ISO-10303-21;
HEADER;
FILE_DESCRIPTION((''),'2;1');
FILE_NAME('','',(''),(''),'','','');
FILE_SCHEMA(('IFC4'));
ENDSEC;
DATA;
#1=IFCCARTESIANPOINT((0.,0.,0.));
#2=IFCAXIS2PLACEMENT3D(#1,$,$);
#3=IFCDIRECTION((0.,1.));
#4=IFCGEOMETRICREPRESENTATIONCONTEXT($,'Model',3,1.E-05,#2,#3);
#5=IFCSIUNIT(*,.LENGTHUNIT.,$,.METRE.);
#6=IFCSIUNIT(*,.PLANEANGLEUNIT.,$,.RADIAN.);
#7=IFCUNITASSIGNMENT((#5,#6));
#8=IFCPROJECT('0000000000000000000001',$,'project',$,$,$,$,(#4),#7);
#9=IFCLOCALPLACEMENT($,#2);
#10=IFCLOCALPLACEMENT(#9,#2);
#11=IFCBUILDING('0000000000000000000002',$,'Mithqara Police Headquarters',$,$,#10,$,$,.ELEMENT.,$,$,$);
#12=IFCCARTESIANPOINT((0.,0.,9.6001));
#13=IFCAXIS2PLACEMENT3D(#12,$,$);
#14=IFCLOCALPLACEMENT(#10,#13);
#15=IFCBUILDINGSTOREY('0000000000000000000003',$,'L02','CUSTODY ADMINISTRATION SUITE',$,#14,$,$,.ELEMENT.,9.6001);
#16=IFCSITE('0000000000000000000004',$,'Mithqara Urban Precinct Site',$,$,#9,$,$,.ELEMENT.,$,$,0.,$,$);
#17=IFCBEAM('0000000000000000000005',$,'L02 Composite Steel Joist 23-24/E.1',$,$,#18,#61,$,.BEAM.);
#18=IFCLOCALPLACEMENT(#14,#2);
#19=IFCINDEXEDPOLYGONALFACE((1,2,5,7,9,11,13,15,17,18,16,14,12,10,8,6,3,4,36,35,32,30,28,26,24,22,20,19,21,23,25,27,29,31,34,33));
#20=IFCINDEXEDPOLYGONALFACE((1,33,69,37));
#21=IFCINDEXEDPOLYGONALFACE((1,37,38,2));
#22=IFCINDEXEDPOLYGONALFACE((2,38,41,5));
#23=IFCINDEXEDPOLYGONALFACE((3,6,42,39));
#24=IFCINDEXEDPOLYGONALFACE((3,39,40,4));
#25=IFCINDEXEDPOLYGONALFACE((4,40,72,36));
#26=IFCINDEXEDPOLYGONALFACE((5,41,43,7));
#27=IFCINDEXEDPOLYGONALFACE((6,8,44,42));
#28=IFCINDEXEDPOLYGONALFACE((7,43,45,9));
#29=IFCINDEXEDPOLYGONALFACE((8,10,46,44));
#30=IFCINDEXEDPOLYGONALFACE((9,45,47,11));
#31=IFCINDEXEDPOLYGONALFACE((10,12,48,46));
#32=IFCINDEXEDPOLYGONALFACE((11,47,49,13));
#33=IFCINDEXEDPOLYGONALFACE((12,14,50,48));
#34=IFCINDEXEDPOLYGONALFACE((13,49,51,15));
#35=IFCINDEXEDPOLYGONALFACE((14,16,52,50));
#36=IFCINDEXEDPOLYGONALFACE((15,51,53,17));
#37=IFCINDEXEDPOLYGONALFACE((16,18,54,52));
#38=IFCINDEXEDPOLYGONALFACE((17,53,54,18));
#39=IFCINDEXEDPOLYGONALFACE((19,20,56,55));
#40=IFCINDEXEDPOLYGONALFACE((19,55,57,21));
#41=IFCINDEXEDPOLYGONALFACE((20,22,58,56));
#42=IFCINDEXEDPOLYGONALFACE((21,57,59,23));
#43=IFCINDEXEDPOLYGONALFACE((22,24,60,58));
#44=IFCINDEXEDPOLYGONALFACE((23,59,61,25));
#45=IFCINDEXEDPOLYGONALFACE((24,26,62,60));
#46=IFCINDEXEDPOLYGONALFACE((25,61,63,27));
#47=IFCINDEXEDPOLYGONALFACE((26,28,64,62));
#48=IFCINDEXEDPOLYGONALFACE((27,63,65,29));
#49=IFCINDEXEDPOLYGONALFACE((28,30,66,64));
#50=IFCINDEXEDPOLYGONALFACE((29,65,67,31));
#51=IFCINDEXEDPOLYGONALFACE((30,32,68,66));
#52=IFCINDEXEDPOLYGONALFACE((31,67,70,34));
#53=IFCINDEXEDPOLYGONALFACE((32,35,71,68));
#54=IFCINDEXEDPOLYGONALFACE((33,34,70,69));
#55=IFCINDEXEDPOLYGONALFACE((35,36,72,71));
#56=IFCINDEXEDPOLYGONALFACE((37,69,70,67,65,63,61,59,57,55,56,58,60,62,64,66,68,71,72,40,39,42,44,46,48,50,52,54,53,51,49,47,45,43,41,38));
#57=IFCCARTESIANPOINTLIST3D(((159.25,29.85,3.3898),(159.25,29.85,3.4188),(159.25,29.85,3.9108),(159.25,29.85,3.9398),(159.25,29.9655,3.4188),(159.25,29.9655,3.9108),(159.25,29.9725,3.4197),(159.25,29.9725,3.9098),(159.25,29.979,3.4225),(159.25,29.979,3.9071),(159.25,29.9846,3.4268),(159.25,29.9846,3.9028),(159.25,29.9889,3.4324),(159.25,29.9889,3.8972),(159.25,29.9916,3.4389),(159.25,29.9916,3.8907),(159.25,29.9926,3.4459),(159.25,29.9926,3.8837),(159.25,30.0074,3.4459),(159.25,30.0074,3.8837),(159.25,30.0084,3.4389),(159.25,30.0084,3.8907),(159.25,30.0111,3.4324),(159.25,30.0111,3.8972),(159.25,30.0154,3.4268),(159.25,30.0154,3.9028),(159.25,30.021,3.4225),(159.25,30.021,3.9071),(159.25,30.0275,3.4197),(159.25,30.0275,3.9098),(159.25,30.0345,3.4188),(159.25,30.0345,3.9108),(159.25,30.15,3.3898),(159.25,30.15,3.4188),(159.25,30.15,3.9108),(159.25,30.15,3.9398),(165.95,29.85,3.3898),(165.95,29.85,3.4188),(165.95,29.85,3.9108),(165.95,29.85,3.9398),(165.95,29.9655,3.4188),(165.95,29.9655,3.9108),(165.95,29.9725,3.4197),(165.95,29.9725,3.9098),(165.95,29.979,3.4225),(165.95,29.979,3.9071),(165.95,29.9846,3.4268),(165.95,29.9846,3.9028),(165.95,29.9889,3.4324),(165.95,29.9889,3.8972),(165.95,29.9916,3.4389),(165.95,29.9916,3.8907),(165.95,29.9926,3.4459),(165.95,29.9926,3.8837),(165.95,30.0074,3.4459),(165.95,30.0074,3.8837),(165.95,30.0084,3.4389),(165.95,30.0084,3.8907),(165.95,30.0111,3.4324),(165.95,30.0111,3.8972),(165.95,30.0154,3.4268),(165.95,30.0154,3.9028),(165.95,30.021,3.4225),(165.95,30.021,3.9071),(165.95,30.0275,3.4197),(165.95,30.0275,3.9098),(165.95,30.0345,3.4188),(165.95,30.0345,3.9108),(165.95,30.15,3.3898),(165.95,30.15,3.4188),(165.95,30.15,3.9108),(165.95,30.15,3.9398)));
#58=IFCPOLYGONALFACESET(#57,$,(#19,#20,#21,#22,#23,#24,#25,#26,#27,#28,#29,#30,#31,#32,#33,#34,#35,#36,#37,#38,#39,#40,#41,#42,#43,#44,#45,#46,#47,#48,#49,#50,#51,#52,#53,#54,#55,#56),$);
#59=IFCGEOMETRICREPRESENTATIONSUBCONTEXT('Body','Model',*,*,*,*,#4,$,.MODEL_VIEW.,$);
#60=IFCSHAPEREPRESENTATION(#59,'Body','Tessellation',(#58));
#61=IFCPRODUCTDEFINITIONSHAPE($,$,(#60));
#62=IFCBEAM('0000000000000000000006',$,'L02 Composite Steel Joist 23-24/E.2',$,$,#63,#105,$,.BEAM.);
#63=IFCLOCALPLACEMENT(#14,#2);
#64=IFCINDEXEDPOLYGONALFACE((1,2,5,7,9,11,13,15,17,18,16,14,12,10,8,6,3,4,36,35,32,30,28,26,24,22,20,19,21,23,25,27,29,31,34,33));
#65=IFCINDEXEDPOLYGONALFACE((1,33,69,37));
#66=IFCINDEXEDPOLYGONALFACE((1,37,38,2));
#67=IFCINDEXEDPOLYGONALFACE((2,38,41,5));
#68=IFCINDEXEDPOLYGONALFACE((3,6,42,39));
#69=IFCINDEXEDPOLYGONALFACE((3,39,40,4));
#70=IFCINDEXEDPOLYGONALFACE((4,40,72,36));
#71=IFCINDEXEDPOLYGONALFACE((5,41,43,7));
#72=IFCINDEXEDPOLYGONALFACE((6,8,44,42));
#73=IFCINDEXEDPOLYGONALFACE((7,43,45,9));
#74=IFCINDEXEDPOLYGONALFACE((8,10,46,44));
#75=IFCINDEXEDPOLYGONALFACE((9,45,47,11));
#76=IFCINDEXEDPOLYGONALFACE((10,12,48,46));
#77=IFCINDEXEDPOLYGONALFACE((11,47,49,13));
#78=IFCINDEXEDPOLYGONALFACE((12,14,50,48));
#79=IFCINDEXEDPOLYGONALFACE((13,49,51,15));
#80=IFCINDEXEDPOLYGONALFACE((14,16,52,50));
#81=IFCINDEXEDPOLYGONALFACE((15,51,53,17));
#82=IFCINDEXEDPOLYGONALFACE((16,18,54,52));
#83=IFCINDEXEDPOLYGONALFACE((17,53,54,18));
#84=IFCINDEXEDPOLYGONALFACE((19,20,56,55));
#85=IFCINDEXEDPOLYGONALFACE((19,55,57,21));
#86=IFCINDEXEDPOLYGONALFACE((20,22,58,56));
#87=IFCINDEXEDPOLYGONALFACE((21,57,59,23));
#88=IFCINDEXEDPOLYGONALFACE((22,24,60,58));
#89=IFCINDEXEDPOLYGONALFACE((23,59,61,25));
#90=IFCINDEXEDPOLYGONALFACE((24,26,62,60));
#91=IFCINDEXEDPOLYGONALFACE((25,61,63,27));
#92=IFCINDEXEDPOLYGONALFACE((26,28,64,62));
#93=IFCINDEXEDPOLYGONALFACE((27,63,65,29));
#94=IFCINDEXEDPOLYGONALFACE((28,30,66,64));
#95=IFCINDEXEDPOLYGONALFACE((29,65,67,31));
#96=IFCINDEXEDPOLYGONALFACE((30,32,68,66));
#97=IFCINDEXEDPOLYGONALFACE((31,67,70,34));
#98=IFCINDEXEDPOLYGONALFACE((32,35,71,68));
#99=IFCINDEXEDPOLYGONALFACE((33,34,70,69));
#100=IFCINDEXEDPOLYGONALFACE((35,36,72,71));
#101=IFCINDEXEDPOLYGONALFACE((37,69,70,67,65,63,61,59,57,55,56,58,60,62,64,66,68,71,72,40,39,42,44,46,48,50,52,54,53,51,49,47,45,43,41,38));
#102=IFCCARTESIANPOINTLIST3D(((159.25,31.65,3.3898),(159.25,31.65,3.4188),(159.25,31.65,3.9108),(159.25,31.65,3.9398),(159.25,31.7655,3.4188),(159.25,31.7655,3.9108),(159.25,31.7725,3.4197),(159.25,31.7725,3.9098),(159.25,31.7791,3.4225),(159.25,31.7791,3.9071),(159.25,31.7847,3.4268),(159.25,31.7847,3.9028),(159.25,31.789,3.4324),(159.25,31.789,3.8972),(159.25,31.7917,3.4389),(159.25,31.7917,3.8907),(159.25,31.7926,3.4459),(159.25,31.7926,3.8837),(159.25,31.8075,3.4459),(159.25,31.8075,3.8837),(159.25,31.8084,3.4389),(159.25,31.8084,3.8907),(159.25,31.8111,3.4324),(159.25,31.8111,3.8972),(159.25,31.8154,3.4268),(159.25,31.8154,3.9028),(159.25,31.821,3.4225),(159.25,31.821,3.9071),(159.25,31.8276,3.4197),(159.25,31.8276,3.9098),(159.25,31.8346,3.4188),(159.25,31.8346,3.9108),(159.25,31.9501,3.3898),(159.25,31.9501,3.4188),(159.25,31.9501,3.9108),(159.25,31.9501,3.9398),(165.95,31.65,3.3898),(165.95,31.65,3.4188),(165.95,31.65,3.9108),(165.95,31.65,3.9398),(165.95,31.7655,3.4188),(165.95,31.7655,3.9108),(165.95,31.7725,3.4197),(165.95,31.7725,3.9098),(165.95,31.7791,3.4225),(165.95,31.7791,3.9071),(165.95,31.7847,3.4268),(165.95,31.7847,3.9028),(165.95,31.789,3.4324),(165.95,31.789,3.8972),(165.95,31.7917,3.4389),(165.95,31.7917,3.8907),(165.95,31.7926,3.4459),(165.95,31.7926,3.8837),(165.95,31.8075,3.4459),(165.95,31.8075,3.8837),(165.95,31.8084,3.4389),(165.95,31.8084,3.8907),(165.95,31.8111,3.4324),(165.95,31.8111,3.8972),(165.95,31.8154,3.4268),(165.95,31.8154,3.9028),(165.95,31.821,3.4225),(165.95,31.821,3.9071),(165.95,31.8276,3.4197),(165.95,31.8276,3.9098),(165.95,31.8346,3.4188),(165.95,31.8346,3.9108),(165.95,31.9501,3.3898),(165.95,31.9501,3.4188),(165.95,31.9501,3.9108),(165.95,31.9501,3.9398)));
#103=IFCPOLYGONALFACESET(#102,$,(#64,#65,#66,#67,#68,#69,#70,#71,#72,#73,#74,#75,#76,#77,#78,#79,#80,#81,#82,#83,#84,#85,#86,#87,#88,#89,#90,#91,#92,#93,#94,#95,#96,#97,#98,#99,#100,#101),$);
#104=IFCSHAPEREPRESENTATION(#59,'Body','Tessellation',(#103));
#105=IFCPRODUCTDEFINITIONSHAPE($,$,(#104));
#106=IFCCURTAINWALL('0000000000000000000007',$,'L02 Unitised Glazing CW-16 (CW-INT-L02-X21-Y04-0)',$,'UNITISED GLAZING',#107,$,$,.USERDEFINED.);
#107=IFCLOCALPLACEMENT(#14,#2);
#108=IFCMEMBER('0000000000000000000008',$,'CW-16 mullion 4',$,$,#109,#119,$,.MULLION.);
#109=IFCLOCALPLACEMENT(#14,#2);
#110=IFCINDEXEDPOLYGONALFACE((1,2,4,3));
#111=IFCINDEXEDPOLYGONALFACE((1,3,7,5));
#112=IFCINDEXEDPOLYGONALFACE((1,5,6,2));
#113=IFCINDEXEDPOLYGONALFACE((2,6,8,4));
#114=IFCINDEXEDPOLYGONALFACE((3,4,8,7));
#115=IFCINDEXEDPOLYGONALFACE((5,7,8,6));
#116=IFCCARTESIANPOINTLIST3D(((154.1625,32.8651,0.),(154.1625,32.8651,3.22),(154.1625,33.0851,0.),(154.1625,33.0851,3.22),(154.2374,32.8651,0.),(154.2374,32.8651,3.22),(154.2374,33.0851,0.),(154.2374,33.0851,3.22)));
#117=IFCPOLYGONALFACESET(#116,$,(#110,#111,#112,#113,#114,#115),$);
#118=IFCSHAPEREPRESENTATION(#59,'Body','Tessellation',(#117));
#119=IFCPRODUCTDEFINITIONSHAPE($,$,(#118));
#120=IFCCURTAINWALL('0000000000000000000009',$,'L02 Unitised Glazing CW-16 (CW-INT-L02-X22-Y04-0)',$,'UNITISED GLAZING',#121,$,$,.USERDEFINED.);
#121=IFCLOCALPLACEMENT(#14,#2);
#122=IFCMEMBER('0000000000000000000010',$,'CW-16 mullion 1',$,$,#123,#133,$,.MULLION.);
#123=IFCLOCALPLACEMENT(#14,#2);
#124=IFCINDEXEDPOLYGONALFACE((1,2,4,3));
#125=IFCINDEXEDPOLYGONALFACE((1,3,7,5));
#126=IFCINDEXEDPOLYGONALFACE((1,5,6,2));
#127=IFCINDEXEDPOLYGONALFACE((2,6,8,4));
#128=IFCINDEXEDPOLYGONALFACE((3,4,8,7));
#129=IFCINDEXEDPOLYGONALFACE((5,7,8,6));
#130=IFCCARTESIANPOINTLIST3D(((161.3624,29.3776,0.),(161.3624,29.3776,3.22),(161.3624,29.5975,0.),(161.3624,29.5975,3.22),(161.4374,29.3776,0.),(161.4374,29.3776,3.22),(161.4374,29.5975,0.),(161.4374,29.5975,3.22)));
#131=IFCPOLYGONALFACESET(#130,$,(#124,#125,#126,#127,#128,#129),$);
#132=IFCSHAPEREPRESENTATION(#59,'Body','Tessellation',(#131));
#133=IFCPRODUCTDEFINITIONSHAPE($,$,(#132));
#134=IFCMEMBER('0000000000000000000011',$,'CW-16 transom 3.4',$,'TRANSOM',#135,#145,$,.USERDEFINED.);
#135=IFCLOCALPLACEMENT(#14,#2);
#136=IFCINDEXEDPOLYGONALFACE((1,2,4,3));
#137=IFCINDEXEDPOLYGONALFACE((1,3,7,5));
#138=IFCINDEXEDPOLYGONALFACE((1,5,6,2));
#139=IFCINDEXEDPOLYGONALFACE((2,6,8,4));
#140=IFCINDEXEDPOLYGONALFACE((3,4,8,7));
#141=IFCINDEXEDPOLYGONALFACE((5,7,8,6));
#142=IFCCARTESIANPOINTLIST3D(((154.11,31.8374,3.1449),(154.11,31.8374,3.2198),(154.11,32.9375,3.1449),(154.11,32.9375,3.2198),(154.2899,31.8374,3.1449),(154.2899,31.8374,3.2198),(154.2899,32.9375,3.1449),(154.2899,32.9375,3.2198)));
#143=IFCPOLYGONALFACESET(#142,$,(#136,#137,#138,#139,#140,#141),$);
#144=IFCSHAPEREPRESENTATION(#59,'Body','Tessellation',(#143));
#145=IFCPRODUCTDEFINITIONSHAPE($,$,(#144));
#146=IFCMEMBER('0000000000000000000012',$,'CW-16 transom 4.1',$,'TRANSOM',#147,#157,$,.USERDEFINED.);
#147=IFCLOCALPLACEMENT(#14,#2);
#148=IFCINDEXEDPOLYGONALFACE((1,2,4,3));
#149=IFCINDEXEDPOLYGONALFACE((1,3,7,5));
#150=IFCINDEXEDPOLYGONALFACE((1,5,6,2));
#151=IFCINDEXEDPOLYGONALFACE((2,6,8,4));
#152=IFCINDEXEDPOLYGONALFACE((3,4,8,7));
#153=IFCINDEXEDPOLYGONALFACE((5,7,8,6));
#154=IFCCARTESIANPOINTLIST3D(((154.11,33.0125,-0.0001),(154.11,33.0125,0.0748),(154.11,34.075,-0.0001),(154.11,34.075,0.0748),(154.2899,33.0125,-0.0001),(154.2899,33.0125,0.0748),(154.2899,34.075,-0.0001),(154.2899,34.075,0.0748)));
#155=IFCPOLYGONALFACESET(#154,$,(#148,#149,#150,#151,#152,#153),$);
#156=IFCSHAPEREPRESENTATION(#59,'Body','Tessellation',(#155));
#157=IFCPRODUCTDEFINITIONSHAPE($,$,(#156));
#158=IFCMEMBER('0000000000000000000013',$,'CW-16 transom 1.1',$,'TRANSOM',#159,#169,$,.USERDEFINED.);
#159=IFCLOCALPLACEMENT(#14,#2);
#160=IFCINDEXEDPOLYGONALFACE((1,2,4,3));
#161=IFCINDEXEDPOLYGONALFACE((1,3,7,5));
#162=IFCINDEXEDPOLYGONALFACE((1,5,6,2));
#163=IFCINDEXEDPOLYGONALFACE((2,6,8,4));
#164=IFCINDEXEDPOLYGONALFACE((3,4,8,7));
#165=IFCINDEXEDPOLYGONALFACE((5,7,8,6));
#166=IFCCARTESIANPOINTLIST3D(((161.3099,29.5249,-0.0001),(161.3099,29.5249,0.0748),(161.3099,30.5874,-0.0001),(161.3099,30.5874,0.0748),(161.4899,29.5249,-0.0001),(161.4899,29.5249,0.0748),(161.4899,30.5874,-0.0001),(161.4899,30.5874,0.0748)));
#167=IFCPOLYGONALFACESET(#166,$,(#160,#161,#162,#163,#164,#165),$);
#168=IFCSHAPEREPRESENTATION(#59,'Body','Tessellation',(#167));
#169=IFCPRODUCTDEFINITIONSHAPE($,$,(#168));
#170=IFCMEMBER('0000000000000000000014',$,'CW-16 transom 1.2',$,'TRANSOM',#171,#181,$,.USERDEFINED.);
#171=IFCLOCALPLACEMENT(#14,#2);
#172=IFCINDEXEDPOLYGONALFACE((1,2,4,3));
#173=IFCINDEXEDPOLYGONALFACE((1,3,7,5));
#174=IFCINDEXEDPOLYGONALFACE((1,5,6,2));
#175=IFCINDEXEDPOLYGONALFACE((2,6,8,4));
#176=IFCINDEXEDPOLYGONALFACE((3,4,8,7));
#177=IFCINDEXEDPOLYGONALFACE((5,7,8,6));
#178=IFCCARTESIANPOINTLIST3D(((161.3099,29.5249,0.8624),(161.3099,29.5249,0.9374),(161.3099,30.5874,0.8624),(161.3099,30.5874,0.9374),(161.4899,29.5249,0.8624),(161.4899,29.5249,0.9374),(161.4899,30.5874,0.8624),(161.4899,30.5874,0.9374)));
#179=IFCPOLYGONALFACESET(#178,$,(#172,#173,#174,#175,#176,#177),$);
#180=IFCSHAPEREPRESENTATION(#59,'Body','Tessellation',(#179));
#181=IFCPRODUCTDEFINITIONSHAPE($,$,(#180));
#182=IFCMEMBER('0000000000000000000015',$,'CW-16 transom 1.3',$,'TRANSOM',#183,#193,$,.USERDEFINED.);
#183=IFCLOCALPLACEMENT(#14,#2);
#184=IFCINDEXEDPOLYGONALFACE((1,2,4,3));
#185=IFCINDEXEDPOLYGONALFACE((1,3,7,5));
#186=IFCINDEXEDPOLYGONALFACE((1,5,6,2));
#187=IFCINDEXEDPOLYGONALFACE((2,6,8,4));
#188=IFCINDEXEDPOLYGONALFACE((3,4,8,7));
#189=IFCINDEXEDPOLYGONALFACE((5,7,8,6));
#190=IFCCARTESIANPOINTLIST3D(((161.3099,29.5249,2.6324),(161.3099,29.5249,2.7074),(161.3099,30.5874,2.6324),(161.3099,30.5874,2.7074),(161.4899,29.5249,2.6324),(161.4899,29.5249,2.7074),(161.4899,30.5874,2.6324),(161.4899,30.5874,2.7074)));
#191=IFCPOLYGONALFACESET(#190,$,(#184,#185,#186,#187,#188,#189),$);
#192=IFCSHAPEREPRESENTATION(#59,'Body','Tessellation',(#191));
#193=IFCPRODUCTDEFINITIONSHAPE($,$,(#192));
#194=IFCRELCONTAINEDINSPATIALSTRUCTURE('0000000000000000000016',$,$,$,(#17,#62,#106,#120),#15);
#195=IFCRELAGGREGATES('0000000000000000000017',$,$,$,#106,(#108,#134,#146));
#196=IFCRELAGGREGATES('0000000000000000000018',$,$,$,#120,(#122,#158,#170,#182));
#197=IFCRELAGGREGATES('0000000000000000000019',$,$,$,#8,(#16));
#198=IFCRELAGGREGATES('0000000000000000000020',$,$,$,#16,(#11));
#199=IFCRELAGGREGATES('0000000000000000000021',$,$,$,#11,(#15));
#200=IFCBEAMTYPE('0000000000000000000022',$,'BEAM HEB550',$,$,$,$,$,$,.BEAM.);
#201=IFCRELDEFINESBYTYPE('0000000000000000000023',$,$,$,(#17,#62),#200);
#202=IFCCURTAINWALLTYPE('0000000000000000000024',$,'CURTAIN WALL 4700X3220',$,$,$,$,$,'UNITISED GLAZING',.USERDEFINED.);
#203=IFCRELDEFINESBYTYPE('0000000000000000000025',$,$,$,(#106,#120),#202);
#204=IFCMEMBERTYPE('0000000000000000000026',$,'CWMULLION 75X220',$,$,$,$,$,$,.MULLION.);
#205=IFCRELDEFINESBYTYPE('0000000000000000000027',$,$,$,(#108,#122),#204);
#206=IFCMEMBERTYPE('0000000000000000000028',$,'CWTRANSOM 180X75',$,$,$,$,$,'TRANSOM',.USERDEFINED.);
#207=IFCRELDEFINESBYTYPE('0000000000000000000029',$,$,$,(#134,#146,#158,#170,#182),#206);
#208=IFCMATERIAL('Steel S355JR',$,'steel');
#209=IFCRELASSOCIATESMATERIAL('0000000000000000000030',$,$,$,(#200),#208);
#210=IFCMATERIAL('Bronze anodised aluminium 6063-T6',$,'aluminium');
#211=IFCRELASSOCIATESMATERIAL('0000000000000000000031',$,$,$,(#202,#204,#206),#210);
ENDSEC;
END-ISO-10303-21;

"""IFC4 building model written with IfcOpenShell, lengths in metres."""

from ifc_helpers import new_model, si_unit, direction, frame, origin, origin_2d, place, context, subcontext, project, spatial, rectangle, i_section, extrude, material, material_profile, profile_set, type_object, element, aggregate, save


model = new_model("IFC4")

# Units and contexts
model_context = context("Model", 3, precision=1e-05, world=origin(), true_north=direction((0.0, 1.0)))
body_context = subcontext(model_context, "Body", "Model", "MODEL_VIEW")
ifc_project = project(units=[si_unit("LENGTHUNIT", "METRE"), si_unit("PLANEANGLEUNIT", "RADIAN")], contexts=[model_context])

# Site, building, storey
site_placement = place(None, origin())
site = spatial("IfcSite", under=ifc_project, at=site_placement, Name="Mithqara Urban Precinct Site", CompositionType="ELEMENT", RefElevation=0.0)
building_placement = place(site_placement, origin())
building = spatial("IfcBuilding", under=site, at=building_placement, Name="Mithqara Police Headquarters", CompositionType="ELEMENT")
storey_placement = place(building_placement, frame((0.0, 0.0, 9.6001)))
storey = spatial("IfcBuildingStorey", under=building, at=storey_placement, Name="L02", Description="CUSTODY ADMINISTRATION SUITE", CompositionType="ELEMENT", Elevation=9.6001)

# Beams
ifc_material_1 = material(Name="Steel S355JR", Category="steel")
ifc_material_profile_1 = material_profile(ifc_material_1, i_section(OverallWidth=0.3, OverallDepth=0.55, WebThickness=0.0149, FlangeThickness=0.0291, FilletRadius=0.0271, at=origin_2d()), Name="HEB 550")
ifc_profile_set_1 = profile_set([ifc_material_profile_1], Name="Steel S355JR")
beam_type = type_object("IfcBeamType", Name="BEAM HEB550", PredefinedType="BEAM", material=ifc_profile_set_1)
for number, where, z_axis, x_axis, name in (
    (1, (159.25, 30.0, 3.6648), (1.0, 0.0, 0.0), (0.0, 1.0, 0.0), "L02 Composite Steel Joist 23-24/E.1"),
    (2, (159.25, 31.8, 3.6648), (1.0, 0.0, 0.0), (0.0, 1.0, 0.0), "L02 Composite Steel Joist 23-24/E.2"),
):
    element("IfcBeam", number, at=place(storey_placement, frame(where, z_axis=z_axis, x_axis=x_axis)), inside=storey, type_object=beam_type, Name=name, PredefinedType="BEAM", context=body_context, shape_type="SweptSolid", body=[
        extrude(i_section(OverallWidth=0.3, OverallDepth=0.55, WebThickness=0.0149, FlangeThickness=0.0291, FilletRadius=0.0271, at=origin_2d()), origin(), (0.0, 0.0, 1.0), 6.7),
    ])

# Curtain walls, members
ifc_material_2 = material(Name="Bronze anodised aluminium 6063-T6", Category="aluminium")
curtain_wall_type = type_object("IfcCurtainWallType", Name="CURTAIN WALL 4700X3220", ElementType="UNITISED GLAZING", PredefinedType="USERDEFINED", material=ifc_material_2)
curtain_wall_1_placement = place(storey_placement, origin())
curtain_wall_1 = element("IfcCurtainWall", 3, at=curtain_wall_1_placement, inside=storey, type_object=curtain_wall_type, Name="L02 Unitised Glazing CW-16 (CW-INT-L02-X21-Y04-0)", ObjectType="UNITISED GLAZING", PredefinedType="USERDEFINED")
ifc_material_profile_2 = material_profile(ifc_material_2, rectangle(XDim=0.075, YDim=0.22, at=origin_2d()), Name="CWM 75x220")
ifc_profile_set_2 = profile_set([ifc_material_profile_2], Name="Bronze anodised aluminium 6063-T6")
member_type_1 = type_object("IfcMemberType", Name="CWMULLION 75X220", PredefinedType="MULLION", material=ifc_profile_set_2)
member_1_placement = place(storey_placement, frame((154.2, 32.9751, 0.0), z_axis=(0.0, 0.0, 1.0), x_axis=(-1.0, 0.0, 0.0)))
member_1 = element("IfcMember", 4, at=member_1_placement, type_object=member_type_1, Name="CW-16 mullion 4", PredefinedType="MULLION", context=body_context, shape_type="SweptSolid", body=[
    extrude(rectangle(XDim=0.075, YDim=0.22, at=origin_2d()), origin(), (0.0, 0.0, 1.0), 3.22),
])
curtain_wall_2_placement = place(storey_placement, origin())
curtain_wall_2 = element("IfcCurtainWall", 5, at=curtain_wall_2_placement, inside=storey, type_object=curtain_wall_type, Name="L02 Unitised Glazing CW-16 (CW-INT-L02-X22-Y04-0)", ObjectType="UNITISED GLAZING", PredefinedType="USERDEFINED")
member_2_placement = place(storey_placement, frame((161.3999, 29.4875, 0.0), z_axis=(0.0, 0.0, 1.0), x_axis=(-1.0, 0.0, 0.0)))
member_2 = element("IfcMember", 6, at=member_2_placement, type_object=member_type_1, Name="CW-16 mullion 1", PredefinedType="MULLION", context=body_context, shape_type="SweptSolid", body=[
    extrude(rectangle(XDim=0.075, YDim=0.22, at=origin_2d()), origin(), (0.0, 0.0, 1.0), 3.22),
])

# Members
ifc_material_profile_3 = material_profile(ifc_material_2, rectangle(XDim=0.1799, YDim=0.075, at=origin_2d()), Name="CWT 180x75")
ifc_profile_set_3 = profile_set([ifc_material_profile_3], Name="Bronze anodised aluminium 6063-T6")
member_type_2 = type_object("IfcMemberType", Name="CWTRANSOM 180X75", ElementType="TRANSOM", PredefinedType="USERDEFINED", material=ifc_profile_set_3)
member_3_placement = place(storey_placement, frame((154.2, 31.8374, 3.1824), z_axis=(0.0, 1.0, 0.0), x_axis=(-1.0, 0.0, 0.0)))
member_3 = element("IfcMember", 7, at=member_3_placement, type_object=member_type_2, Name="CW-16 transom 3.4", ObjectType="TRANSOM", PredefinedType="USERDEFINED", context=body_context, shape_type="SweptSolid", body=[
    extrude(rectangle(XDim=0.1799, YDim=0.075, at=origin_2d()), origin(), (0.0, 0.0, 1.0), 1.1001),
])
member_4_placement = place(storey_placement, frame((154.2, 33.0125, 0.0374), z_axis=(0.0, 1.0, 0.0), x_axis=(-1.0, 0.0, 0.0)))
member_4 = element("IfcMember", 8, at=member_4_placement, type_object=member_type_2, Name="CW-16 transom 4.1", ObjectType="TRANSOM", PredefinedType="USERDEFINED", context=body_context, shape_type="SweptSolid", body=[
    extrude(rectangle(XDim=0.1799, YDim=0.075, at=origin_2d()), origin(), (0.0, 0.0, 1.0), 1.0625),
])
member_5_placement = place(storey_placement, frame((161.3999, 29.5249, 0.0374), z_axis=(0.0, 1.0, 0.0), x_axis=(-1.0, 0.0, 0.0)))
member_5 = element("IfcMember", 9, at=member_5_placement, type_object=member_type_2, Name="CW-16 transom 1.1", ObjectType="TRANSOM", PredefinedType="USERDEFINED", context=body_context, shape_type="SweptSolid", body=[
    extrude(rectangle(XDim=0.1799, YDim=0.075, at=origin_2d()), origin(), (0.0, 0.0, 1.0), 1.0625),
])
member_6_placement = place(storey_placement, frame((161.3999, 29.5249, 0.8999), z_axis=(0.0, 1.0, 0.0), x_axis=(-1.0, 0.0, 0.0)))
member_6 = element("IfcMember", 10, at=member_6_placement, type_object=member_type_2, Name="CW-16 transom 1.2", ObjectType="TRANSOM", PredefinedType="USERDEFINED", context=body_context, shape_type="SweptSolid", body=[
    extrude(rectangle(XDim=0.1799, YDim=0.075, at=origin_2d()), origin(), (0.0, 0.0, 1.0), 1.0625),
])
member_7_placement = place(storey_placement, frame((161.3999, 29.5249, 2.6699), z_axis=(0.0, 1.0, 0.0), x_axis=(-1.0, 0.0, 0.0)))
member_7 = element("IfcMember", 11, at=member_7_placement, type_object=member_type_2, Name="CW-16 transom 1.3", ObjectType="TRANSOM", PredefinedType="USERDEFINED", context=body_context, shape_type="SweptSolid", body=[
    extrude(rectangle(XDim=0.1799, YDim=0.075, at=origin_2d()), origin(), (0.0, 0.0, 1.0), 1.0625),
])

aggregate(curtain_wall_1, [member_1, member_3, member_4])
aggregate(curtain_wall_2, [member_2, member_5, member_6, member_7])

save(model, "model.ifc")
